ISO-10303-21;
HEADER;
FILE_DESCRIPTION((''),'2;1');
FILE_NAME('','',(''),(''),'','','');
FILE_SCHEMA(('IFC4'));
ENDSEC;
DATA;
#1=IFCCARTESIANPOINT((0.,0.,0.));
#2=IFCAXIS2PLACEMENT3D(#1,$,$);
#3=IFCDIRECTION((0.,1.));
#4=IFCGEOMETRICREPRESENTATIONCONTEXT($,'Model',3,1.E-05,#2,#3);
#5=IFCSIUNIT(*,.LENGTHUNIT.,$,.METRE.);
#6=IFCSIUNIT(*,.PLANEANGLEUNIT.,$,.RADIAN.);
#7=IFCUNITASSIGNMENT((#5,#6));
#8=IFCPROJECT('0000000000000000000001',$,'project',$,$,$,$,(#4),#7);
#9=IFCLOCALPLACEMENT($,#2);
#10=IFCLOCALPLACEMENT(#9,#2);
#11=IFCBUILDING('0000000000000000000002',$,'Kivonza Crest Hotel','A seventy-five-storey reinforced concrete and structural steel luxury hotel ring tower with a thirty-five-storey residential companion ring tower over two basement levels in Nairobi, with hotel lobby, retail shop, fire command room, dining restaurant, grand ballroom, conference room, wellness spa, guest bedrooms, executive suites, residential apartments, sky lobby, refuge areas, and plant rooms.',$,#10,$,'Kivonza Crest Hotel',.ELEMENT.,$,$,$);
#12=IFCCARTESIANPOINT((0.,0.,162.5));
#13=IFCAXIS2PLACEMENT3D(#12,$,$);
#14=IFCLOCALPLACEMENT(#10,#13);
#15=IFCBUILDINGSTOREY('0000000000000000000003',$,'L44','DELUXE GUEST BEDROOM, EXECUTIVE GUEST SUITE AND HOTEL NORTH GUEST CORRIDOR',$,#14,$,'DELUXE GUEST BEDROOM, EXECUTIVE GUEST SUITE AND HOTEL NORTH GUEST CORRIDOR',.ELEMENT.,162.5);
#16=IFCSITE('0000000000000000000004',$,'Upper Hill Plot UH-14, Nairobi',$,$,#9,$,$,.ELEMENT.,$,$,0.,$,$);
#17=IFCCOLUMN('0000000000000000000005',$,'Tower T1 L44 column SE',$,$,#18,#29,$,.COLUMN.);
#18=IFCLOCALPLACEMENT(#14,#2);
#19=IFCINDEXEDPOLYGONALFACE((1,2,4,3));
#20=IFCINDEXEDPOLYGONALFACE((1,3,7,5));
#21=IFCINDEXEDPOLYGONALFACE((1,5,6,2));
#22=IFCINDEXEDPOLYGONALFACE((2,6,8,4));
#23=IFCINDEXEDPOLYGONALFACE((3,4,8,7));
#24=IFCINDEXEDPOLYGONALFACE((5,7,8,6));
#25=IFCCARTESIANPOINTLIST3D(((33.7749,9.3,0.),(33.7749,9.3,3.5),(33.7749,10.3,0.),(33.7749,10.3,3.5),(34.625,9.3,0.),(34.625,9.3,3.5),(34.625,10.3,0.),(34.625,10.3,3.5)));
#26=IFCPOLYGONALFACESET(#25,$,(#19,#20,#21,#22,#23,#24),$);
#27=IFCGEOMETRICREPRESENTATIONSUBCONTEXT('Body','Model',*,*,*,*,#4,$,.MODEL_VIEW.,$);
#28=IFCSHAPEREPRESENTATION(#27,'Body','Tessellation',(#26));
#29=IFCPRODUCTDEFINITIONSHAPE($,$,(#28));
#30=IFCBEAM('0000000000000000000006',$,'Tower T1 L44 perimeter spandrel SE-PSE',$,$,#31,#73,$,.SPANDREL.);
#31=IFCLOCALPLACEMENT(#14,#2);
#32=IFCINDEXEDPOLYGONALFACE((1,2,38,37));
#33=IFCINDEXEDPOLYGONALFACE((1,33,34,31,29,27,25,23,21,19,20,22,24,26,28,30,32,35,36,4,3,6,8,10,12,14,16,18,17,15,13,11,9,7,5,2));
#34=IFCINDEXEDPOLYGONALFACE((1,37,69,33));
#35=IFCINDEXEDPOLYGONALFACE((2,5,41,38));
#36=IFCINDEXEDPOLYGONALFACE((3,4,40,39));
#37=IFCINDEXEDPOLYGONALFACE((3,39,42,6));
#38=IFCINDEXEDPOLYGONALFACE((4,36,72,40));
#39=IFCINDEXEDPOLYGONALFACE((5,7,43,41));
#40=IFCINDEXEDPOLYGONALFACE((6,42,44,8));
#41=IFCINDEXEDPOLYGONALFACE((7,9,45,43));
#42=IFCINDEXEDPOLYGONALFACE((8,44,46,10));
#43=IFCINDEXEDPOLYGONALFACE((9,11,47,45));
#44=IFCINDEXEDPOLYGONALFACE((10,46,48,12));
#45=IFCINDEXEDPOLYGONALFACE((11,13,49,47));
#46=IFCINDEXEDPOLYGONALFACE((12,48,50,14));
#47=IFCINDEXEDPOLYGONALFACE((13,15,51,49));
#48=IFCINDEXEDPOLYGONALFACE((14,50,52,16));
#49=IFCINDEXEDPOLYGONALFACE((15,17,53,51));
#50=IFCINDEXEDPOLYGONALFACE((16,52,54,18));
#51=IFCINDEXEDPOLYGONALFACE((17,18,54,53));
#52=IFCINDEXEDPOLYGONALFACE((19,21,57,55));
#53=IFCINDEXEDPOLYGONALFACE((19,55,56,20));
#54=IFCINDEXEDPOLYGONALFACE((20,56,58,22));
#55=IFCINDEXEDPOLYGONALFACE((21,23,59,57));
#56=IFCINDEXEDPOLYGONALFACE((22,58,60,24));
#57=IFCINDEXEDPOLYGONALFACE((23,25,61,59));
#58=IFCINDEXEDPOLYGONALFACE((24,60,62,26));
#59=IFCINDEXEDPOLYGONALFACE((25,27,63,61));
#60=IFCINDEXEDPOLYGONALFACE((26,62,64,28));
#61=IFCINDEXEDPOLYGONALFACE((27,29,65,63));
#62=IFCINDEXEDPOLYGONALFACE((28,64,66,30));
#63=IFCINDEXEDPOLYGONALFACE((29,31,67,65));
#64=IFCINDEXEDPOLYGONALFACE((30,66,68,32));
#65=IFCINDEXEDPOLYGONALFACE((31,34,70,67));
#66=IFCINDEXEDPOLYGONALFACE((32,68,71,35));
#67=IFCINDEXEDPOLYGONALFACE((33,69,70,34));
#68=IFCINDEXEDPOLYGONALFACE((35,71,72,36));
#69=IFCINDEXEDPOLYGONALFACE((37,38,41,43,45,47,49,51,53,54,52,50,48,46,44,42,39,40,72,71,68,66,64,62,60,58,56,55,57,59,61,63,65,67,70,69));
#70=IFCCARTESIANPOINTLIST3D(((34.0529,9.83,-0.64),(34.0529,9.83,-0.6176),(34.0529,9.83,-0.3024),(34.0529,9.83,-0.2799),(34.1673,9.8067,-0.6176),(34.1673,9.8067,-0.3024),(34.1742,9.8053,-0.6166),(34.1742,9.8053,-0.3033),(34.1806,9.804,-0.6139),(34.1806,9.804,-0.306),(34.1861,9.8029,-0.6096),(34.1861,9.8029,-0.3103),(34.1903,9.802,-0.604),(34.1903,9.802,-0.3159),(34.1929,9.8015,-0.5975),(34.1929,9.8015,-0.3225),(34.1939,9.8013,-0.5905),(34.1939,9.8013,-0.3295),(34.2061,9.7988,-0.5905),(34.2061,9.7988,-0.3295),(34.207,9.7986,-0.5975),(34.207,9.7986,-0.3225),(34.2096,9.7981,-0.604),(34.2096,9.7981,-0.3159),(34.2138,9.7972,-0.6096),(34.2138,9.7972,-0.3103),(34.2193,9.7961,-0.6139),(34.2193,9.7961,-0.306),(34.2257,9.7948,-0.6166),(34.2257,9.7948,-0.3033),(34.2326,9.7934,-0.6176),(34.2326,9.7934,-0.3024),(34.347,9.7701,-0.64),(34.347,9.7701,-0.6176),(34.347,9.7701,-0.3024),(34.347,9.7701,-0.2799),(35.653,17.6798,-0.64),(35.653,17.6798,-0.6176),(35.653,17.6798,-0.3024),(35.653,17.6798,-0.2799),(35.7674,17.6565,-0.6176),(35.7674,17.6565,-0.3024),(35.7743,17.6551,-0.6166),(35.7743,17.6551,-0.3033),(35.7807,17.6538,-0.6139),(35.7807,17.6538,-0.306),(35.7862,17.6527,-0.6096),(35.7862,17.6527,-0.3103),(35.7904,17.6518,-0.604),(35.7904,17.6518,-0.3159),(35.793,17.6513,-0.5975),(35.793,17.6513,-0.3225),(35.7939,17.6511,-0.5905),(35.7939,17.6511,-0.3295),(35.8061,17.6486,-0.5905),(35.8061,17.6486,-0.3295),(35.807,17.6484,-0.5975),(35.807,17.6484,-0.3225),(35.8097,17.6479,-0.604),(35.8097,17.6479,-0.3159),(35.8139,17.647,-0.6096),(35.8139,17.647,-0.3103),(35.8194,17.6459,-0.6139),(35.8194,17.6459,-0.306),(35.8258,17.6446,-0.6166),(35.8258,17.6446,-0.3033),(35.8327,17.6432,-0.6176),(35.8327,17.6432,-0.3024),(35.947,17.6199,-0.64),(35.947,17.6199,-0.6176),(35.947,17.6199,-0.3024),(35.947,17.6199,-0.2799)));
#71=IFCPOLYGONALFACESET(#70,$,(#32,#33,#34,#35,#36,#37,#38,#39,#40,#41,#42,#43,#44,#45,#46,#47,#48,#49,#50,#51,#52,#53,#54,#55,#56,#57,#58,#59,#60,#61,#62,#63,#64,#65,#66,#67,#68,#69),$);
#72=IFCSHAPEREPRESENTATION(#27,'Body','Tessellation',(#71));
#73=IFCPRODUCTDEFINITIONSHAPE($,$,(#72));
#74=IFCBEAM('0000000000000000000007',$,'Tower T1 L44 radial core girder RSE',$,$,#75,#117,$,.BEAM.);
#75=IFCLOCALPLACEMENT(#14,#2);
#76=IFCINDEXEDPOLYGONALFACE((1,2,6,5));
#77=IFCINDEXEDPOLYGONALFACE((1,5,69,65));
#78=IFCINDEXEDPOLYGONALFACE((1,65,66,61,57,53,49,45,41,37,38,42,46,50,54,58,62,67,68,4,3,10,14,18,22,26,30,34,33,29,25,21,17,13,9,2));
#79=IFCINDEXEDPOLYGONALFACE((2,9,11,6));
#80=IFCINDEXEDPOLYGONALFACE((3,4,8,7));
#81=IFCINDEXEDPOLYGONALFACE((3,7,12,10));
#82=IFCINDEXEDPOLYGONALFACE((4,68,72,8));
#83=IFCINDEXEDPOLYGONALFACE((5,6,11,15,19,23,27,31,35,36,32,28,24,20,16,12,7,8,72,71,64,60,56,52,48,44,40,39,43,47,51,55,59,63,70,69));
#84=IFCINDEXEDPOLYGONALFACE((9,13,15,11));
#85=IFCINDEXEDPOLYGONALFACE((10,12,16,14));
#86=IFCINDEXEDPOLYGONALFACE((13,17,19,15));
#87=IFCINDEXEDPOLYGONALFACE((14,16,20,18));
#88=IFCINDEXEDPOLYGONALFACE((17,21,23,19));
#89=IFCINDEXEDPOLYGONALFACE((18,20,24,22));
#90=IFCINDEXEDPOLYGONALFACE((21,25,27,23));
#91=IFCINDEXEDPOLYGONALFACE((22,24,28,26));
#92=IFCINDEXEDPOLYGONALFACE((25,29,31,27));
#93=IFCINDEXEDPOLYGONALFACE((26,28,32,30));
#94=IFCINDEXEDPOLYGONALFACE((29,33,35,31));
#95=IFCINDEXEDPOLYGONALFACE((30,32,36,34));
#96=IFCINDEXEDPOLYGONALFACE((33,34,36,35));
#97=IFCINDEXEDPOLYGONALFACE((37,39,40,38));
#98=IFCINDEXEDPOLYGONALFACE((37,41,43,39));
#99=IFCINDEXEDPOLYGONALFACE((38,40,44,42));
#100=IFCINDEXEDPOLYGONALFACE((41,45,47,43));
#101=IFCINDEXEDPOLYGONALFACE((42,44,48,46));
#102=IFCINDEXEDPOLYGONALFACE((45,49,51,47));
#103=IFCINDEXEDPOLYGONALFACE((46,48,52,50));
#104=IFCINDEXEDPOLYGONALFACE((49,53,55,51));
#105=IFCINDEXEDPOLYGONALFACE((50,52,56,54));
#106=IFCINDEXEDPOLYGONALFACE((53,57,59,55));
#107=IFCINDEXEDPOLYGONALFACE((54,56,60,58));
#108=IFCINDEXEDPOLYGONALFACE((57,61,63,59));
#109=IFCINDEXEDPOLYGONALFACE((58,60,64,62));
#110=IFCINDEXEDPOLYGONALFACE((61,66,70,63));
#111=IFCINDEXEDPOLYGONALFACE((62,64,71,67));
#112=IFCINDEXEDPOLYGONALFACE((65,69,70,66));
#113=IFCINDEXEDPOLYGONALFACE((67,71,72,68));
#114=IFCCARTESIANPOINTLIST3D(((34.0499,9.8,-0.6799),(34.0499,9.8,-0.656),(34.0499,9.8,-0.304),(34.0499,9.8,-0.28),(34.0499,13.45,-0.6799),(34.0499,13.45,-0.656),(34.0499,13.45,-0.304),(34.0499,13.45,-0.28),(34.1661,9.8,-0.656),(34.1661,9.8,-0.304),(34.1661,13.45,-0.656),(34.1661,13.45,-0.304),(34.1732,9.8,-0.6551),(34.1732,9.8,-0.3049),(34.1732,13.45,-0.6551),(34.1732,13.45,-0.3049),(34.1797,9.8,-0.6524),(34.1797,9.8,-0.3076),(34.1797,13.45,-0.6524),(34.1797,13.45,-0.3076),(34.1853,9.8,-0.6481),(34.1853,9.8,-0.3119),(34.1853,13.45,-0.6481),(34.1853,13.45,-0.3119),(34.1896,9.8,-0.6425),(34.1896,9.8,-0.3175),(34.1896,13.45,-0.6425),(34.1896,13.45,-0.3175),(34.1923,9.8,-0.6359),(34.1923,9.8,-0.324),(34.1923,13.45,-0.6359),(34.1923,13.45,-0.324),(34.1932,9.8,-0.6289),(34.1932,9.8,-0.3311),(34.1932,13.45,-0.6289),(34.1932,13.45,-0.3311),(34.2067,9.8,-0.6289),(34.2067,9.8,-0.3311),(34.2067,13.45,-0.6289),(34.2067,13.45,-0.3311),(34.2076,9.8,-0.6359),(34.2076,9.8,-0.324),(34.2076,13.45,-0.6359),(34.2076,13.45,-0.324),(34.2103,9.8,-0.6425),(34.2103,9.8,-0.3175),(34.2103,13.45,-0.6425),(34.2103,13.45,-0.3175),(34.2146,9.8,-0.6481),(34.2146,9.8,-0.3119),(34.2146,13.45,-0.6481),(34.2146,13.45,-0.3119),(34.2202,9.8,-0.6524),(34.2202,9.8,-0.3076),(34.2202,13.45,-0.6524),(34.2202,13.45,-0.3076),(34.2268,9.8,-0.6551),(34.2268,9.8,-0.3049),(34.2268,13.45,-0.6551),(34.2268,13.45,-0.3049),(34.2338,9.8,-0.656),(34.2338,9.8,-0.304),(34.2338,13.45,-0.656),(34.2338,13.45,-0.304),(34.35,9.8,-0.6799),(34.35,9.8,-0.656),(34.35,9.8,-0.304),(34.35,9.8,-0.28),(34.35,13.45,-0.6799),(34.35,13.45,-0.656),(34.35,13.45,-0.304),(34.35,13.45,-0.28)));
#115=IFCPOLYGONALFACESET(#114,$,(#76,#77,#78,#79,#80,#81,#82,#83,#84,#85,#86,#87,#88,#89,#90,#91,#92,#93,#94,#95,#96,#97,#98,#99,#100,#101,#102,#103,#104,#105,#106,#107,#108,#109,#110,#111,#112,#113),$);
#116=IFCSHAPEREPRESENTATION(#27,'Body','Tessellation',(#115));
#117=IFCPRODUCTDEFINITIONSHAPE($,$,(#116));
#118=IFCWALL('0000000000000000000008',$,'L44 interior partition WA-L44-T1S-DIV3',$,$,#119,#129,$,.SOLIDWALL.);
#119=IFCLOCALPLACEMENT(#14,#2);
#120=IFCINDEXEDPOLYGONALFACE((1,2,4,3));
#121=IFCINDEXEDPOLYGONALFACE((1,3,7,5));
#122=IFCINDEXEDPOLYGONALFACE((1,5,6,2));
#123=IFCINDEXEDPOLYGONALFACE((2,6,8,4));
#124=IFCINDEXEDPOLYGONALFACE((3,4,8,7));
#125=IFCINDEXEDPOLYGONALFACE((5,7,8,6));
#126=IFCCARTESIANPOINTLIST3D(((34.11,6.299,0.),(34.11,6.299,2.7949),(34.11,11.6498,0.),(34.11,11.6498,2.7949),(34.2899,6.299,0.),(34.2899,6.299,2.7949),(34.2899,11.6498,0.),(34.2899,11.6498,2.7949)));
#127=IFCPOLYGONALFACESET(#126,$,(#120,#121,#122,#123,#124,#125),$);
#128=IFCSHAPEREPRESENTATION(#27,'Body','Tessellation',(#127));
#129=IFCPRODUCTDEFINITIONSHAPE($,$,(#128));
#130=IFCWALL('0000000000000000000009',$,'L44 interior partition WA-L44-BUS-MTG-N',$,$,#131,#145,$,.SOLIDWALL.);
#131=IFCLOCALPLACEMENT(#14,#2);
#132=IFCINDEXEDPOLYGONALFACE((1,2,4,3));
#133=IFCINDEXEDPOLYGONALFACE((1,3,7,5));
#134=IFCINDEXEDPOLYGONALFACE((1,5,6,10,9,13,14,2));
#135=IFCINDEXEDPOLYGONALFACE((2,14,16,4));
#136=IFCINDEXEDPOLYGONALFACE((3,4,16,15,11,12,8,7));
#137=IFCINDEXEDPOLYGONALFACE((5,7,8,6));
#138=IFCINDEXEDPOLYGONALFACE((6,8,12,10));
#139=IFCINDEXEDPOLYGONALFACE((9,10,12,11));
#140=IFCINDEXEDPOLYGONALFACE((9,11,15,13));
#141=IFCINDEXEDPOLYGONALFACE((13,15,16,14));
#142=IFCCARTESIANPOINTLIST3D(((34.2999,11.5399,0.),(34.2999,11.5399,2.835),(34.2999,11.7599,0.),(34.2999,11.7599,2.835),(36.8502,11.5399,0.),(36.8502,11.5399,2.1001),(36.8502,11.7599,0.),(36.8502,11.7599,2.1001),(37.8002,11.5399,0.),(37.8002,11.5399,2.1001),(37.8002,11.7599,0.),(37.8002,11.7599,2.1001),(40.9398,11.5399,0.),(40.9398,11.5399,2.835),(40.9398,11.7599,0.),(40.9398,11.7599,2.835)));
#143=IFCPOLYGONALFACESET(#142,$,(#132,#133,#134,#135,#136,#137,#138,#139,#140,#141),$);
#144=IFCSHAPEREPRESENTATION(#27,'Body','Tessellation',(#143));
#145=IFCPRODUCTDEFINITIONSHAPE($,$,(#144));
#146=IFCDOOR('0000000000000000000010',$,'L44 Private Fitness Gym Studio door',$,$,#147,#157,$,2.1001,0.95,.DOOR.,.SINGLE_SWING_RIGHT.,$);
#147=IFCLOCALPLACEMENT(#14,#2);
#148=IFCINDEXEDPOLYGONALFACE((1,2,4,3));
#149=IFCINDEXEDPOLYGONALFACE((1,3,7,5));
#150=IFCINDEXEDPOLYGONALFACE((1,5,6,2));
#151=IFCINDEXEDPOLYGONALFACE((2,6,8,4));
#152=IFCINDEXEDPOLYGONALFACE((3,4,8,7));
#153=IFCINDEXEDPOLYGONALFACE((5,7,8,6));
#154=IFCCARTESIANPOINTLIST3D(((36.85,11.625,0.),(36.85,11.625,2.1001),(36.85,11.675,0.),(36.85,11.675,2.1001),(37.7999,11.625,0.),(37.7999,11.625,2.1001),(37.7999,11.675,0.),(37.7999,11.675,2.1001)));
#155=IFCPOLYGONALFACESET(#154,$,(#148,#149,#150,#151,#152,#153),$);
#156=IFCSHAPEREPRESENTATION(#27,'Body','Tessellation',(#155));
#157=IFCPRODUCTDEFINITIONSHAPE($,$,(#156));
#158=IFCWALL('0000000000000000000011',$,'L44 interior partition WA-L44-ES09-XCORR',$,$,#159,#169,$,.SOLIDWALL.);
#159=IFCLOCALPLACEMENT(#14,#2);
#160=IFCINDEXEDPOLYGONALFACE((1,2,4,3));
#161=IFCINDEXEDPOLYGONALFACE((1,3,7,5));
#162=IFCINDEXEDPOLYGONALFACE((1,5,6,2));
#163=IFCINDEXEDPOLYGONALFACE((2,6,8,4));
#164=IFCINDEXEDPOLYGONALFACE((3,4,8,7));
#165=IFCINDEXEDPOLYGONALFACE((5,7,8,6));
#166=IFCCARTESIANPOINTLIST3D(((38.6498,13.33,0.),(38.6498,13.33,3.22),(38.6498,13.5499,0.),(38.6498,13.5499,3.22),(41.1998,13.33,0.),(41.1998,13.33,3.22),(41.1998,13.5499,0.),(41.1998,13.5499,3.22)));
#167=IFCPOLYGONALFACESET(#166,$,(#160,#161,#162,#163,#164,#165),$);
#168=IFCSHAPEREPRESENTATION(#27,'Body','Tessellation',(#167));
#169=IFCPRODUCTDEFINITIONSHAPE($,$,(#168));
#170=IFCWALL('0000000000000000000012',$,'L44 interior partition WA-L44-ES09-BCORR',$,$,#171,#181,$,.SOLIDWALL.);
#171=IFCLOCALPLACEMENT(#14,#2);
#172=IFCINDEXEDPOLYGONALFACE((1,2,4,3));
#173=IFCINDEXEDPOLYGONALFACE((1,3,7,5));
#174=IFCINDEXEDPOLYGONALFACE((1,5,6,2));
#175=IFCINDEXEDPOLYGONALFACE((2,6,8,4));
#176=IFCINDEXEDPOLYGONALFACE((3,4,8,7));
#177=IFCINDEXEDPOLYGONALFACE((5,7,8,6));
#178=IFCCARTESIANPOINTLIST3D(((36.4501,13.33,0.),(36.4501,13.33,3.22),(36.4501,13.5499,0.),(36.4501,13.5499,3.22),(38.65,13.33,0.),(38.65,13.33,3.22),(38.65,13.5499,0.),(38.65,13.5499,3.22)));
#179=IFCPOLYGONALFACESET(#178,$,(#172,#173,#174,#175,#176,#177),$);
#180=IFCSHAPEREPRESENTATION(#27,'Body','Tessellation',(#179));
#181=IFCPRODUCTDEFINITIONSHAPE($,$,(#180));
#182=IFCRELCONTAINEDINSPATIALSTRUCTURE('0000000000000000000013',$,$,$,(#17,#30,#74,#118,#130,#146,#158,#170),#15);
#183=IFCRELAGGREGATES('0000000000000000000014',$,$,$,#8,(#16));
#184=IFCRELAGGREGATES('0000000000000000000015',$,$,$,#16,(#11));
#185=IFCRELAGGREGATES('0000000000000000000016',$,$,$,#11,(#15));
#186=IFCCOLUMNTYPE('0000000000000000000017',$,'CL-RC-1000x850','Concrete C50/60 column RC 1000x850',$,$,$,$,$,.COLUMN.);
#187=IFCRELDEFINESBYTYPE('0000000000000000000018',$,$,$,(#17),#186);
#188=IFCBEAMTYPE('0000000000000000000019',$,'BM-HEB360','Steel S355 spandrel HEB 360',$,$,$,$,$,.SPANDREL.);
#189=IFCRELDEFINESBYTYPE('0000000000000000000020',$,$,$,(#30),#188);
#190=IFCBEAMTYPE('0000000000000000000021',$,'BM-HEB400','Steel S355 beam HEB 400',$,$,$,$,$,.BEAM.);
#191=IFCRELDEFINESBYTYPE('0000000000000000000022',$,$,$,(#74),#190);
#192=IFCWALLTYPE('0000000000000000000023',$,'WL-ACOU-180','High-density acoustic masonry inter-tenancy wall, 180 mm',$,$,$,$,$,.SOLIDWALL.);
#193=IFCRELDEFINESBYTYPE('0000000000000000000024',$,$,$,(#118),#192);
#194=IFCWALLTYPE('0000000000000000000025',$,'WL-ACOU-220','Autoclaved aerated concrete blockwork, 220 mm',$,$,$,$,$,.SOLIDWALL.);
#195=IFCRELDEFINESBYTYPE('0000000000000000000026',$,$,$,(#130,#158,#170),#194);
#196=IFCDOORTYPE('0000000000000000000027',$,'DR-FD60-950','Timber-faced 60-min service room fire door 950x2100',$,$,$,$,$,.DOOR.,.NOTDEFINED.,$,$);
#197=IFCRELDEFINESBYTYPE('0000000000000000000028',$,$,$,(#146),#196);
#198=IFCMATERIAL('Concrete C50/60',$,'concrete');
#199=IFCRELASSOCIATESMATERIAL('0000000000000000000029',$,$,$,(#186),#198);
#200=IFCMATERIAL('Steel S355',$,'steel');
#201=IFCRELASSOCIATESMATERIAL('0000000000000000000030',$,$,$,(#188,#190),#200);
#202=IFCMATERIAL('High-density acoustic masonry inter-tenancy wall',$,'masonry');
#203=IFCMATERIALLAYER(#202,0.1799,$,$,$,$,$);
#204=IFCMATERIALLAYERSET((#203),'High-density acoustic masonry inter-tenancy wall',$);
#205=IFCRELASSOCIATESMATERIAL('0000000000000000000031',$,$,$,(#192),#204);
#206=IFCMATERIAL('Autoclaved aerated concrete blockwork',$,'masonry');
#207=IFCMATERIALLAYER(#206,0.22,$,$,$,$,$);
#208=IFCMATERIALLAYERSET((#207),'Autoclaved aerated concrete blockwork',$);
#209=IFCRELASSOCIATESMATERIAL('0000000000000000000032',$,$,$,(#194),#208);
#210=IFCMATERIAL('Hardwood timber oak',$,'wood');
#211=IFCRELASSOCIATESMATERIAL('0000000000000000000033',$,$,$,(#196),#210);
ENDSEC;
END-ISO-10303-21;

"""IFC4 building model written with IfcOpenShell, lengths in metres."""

from ifc_helpers import new_model, si_unit, direction, frame, frame_2d, origin, origin_2d, place, context, subcontext, project, spatial, rectangle, i_section, extrude, material, layer, layer_set, material_profile, profile_set, type_object, element, fill, save


model = new_model("IFC4")

# Units and contexts
model_context = context("Model", 3, precision=1e-05, world=origin(), true_north=direction((0.0, 1.0)))
body_context = subcontext(model_context, "Body", "Model", "MODEL_VIEW")
ifc_project = project(units=[si_unit("LENGTHUNIT", "METRE"), si_unit("PLANEANGLEUNIT", "RADIAN")], contexts=[model_context])

# Site, building, storey
site_placement = place(None, origin())
site = spatial("IfcSite", under=ifc_project, at=site_placement, Name="Upper Hill Plot UH-14, Nairobi", CompositionType="ELEMENT", RefElevation=0.0)
building_placement = place(site_placement, origin())
building = spatial("IfcBuilding", under=site, at=building_placement, Name="Kivonza Crest Hotel", Description="A seventy-five-storey reinforced concrete and structural steel luxury hotel ring tower with a thirty-five-storey residential companion ring tower over two basement levels in Nairobi, with hotel lobby, retail shop, fire command room, dining restaurant, grand ballroom, conference room, wellness spa, guest bedrooms, executive suites, residential apartments, sky lobby, refuge areas, and plant rooms.", LongName="Kivonza Crest Hotel", CompositionType="ELEMENT")
storey_placement = place(building_placement, frame((0.0, 0.0, 162.5)))
storey = spatial("IfcBuildingStorey", under=building, at=storey_placement, Name="L44", Description="DELUXE GUEST BEDROOM, EXECUTIVE GUEST SUITE AND HOTEL NORTH GUEST CORRIDOR", LongName="DELUXE GUEST BEDROOM, EXECUTIVE GUEST SUITE AND HOTEL NORTH GUEST CORRIDOR", CompositionType="ELEMENT", Elevation=162.5)

# Column
ifc_material_1 = material(Name="Concrete C50/60", Category="concrete")
ifc_material_profile_1 = material_profile(ifc_material_1, rectangle(XDim=0.8501, YDim=1.0, at=origin_2d()), Name="RC 1000x850")
ifc_profile_set_1 = profile_set([ifc_material_profile_1], Name="Concrete C50/60")
column_type = type_object("IfcColumnType", Name="CL-RC-1000x850", Description="Concrete C50/60 column RC 1000x850", PredefinedType="COLUMN", material=ifc_profile_set_1)
column_placement = place(storey_placement, frame((34.2, 9.8, 0.0), z_axis=(0.0, 0.0, 1.0), x_axis=(1.0, 0.0, 0.0)))
element("IfcColumn", 1, at=column_placement, inside=storey, type_object=column_type, Name="Tower T1 L44 column SE", PredefinedType="COLUMN", context=body_context, shape_type="SweptSolid", body=[
    extrude(rectangle(XDim=0.8501, YDim=1.0, at=origin_2d()), origin(), (0.0, 0.0, 1.0), 3.5),
])

# Beams
ifc_material_2 = material(Name="Steel S355", Category="steel")
ifc_material_profile_2 = material_profile(ifc_material_2, i_section(OverallWidth=0.3, OverallDepth=0.3601, WebThickness=0.0125, FlangeThickness=0.0225, FilletRadius=0.0271, at=origin_2d()), Name="HEB 360")
ifc_profile_set_2 = profile_set([ifc_material_profile_2], Name="Steel S355")
beam_type_1 = type_object("IfcBeamType", Name="BM-HEB360", Description="Steel S355 spandrel HEB 360", PredefinedType="SPANDREL", material=ifc_profile_set_2)
beam_1_placement = place(storey_placement, frame((34.2, 9.8, -0.46), z_axis=(0.199731, 0.979851, 0.0), x_axis=(-0.979851, 0.199731, 0.0)))
element("IfcBeam", 2, at=beam_1_placement, inside=storey, type_object=beam_type_1, Name="Tower T1 L44 perimeter spandrel SE-PSE", PredefinedType="SPANDREL", context=body_context, shape_type="SweptSolid", body=[
    extrude(i_section(OverallWidth=0.3, OverallDepth=0.3601, WebThickness=0.0125, FlangeThickness=0.0225, FilletRadius=0.0271, at=origin_2d()), origin(), (0.0, 0.0, 1.0), 8.0112),
])
ifc_material_profile_3 = material_profile(ifc_material_2, i_section(OverallWidth=0.3, OverallDepth=0.3999, WebThickness=0.0134, FlangeThickness=0.0239, FilletRadius=0.0271, at=origin_2d()), Name="HEB 400")
ifc_profile_set_3 = profile_set([ifc_material_profile_3], Name="Steel S355")
beam_type_2 = type_object("IfcBeamType", Name="BM-HEB400", Description="Steel S355 beam HEB 400", PredefinedType="BEAM", material=ifc_profile_set_3)
beam_2_placement = place(storey_placement, frame((34.2, 9.8, -0.48), z_axis=(0.0, 1.0, 0.0), x_axis=(-1.0, 0.0, 0.0)))
element("IfcBeam", 3, at=beam_2_placement, inside=storey, type_object=beam_type_2, Name="Tower T1 L44 radial core girder RSE", PredefinedType="BEAM", context=body_context, shape_type="SweptSolid", body=[
    extrude(i_section(OverallWidth=0.3, OverallDepth=0.3999, WebThickness=0.0134, FlangeThickness=0.0239, FilletRadius=0.0271, at=origin_2d()), origin(), (0.0, 0.0, 1.0), 3.6499),
])

# Wall
ifc_material_3 = material(Name="High-density acoustic masonry inter-tenancy wall", Category="masonry")
ifc_layer_1 = layer(ifc_material_3, 0.1799)
ifc_layer_set_1 = layer_set([ifc_layer_1], Name="High-density acoustic masonry inter-tenancy wall")
wall_type_1 = type_object("IfcWallType", Name="WL-ACOU-180", Description="High-density acoustic masonry inter-tenancy wall, 180 mm", PredefinedType="SOLIDWALL", material=ifc_layer_set_1)
wall_1_placement = place(storey_placement, frame((34.2, 6.2991, 0.0), z_axis=(0.0, 0.0, 1.0), x_axis=(0.0, 1.0, 0.0)))
element("IfcWall", 4, at=wall_1_placement, inside=storey, type_object=wall_type_1, Name="L44 interior partition WA-L44-T1S-DIV3", PredefinedType="SOLIDWALL", context=body_context, shape_type="SweptSolid", body=[
    extrude(rectangle(XDim=5.3508, YDim=0.1799, at=frame_2d((2.6753, 0.0))), origin(), (0.0, 0.0, 1.0), 2.7949),
])

# Wall, opening, door
ifc_material_4 = material(Name="Autoclaved aerated concrete blockwork", Category="masonry")
ifc_layer_2 = layer(ifc_material_4, 0.22)
ifc_layer_set_2 = layer_set([ifc_layer_2], Name="Autoclaved aerated concrete blockwork")
wall_type_2 = type_object("IfcWallType", Name="WL-ACOU-220", Description="Autoclaved aerated concrete blockwork, 220 mm", PredefinedType="SOLIDWALL", material=ifc_layer_set_2)
wall_2_placement = place(storey_placement, frame((34.3, 11.6499, 0.0), z_axis=(0.0, 0.0, 1.0), x_axis=(1.0, 0.0, 0.0)))
wall_2 = element("IfcWall", 5, at=wall_2_placement, inside=storey, type_object=wall_type_2, Name="L44 interior partition WA-L44-BUS-MTG-N", PredefinedType="SOLIDWALL", context=body_context, shape_type="SweptSolid", body=[
    extrude(rectangle(XDim=6.6399, YDim=0.22, at=frame_2d((3.3198, 0.0))), origin(), (0.0, 0.0, 1.0), 2.835),
])
opening_1_placement = place(wall_2_placement, frame((2.55, 0.0, 0.0)))
opening_1 = element("IfcOpeningElement", 6, at=opening_1_placement, cuts=wall_2, PredefinedType="OPENING", context=body_context, shape_type="SweptSolid", body=[
    extrude(rectangle(XDim=0.95, YDim=2.1001, at=frame_2d((0.4751, 1.05))), frame((0.0, 0.1201, 0.0), z_axis=(0.0, -1.0, 0.0), x_axis=(1.0, 0.0, 0.0)), (0.0, 0.0, 1.0), 0.24),
])
ifc_material_5 = material(Name="Hardwood timber oak", Category="wood")
door_type_1 = type_object("IfcDoorType", Name="DR-FD60-950", Description="Timber-faced 60-min service room fire door 950x2100", OperationType="NOTDEFINED", PredefinedType="DOOR", material=ifc_material_5)
door_1_placement = place(opening_1_placement, frame((0.95, 0.0, 0.0), z_axis=(0.0, 0.0, 1.0), x_axis=(-1.0, 0.0, 0.0)))
door_1 = element("IfcDoor", 7, at=door_1_placement, inside=storey, type_object=door_type_1, Name="L44 Private Fitness Gym Studio door", OperationType="SINGLE_SWING_RIGHT", OverallHeight=2.1001, OverallWidth=0.95, PredefinedType="DOOR", context=body_context, shape_type="SweptSolid", body=[
    extrude(rectangle(XDim=0.95, YDim=2.1001, at=frame_2d((0.4751, 1.05))), frame((0.0, 0.0249, 0.0), z_axis=(0.0, -1.0, 0.0), x_axis=(1.0, 0.0, 0.0)), (0.0, 0.0, 1.0), 0.05),
])
fill(opening_1, door_1)

# Walls
wall_3_placement = place(storey_placement, frame((38.6499, 13.4399, 0.0), z_axis=(0.0, 0.0, 1.0), x_axis=(1.0, 0.0, 0.0)))
element("IfcWall", 8, at=wall_3_placement, inside=storey, type_object=wall_type_2, Name="L44 interior partition WA-L44-ES09-XCORR", PredefinedType="SOLIDWALL", context=body_context, shape_type="SweptSolid", body=[
    extrude(rectangle(XDim=2.55, YDim=0.22, at=frame_2d((1.2749, 0.0))), origin(), (0.0, 0.0, 1.0), 3.22),
])
wall_4_placement = place(storey_placement, frame((36.45, 13.4399, 0.0), z_axis=(0.0, 0.0, 1.0), x_axis=(1.0, 0.0, 0.0)))
element("IfcWall", 9, at=wall_4_placement, inside=storey, type_object=wall_type_2, Name="L44 interior partition WA-L44-ES09-BCORR", PredefinedType="SOLIDWALL", context=body_context, shape_type="SweptSolid", body=[
    extrude(rectangle(XDim=2.2, YDim=0.22, at=frame_2d((1.1001, 0.0))), origin(), (0.0, 0.0, 1.0), 3.22),
])

save(model, "model.ifc")
